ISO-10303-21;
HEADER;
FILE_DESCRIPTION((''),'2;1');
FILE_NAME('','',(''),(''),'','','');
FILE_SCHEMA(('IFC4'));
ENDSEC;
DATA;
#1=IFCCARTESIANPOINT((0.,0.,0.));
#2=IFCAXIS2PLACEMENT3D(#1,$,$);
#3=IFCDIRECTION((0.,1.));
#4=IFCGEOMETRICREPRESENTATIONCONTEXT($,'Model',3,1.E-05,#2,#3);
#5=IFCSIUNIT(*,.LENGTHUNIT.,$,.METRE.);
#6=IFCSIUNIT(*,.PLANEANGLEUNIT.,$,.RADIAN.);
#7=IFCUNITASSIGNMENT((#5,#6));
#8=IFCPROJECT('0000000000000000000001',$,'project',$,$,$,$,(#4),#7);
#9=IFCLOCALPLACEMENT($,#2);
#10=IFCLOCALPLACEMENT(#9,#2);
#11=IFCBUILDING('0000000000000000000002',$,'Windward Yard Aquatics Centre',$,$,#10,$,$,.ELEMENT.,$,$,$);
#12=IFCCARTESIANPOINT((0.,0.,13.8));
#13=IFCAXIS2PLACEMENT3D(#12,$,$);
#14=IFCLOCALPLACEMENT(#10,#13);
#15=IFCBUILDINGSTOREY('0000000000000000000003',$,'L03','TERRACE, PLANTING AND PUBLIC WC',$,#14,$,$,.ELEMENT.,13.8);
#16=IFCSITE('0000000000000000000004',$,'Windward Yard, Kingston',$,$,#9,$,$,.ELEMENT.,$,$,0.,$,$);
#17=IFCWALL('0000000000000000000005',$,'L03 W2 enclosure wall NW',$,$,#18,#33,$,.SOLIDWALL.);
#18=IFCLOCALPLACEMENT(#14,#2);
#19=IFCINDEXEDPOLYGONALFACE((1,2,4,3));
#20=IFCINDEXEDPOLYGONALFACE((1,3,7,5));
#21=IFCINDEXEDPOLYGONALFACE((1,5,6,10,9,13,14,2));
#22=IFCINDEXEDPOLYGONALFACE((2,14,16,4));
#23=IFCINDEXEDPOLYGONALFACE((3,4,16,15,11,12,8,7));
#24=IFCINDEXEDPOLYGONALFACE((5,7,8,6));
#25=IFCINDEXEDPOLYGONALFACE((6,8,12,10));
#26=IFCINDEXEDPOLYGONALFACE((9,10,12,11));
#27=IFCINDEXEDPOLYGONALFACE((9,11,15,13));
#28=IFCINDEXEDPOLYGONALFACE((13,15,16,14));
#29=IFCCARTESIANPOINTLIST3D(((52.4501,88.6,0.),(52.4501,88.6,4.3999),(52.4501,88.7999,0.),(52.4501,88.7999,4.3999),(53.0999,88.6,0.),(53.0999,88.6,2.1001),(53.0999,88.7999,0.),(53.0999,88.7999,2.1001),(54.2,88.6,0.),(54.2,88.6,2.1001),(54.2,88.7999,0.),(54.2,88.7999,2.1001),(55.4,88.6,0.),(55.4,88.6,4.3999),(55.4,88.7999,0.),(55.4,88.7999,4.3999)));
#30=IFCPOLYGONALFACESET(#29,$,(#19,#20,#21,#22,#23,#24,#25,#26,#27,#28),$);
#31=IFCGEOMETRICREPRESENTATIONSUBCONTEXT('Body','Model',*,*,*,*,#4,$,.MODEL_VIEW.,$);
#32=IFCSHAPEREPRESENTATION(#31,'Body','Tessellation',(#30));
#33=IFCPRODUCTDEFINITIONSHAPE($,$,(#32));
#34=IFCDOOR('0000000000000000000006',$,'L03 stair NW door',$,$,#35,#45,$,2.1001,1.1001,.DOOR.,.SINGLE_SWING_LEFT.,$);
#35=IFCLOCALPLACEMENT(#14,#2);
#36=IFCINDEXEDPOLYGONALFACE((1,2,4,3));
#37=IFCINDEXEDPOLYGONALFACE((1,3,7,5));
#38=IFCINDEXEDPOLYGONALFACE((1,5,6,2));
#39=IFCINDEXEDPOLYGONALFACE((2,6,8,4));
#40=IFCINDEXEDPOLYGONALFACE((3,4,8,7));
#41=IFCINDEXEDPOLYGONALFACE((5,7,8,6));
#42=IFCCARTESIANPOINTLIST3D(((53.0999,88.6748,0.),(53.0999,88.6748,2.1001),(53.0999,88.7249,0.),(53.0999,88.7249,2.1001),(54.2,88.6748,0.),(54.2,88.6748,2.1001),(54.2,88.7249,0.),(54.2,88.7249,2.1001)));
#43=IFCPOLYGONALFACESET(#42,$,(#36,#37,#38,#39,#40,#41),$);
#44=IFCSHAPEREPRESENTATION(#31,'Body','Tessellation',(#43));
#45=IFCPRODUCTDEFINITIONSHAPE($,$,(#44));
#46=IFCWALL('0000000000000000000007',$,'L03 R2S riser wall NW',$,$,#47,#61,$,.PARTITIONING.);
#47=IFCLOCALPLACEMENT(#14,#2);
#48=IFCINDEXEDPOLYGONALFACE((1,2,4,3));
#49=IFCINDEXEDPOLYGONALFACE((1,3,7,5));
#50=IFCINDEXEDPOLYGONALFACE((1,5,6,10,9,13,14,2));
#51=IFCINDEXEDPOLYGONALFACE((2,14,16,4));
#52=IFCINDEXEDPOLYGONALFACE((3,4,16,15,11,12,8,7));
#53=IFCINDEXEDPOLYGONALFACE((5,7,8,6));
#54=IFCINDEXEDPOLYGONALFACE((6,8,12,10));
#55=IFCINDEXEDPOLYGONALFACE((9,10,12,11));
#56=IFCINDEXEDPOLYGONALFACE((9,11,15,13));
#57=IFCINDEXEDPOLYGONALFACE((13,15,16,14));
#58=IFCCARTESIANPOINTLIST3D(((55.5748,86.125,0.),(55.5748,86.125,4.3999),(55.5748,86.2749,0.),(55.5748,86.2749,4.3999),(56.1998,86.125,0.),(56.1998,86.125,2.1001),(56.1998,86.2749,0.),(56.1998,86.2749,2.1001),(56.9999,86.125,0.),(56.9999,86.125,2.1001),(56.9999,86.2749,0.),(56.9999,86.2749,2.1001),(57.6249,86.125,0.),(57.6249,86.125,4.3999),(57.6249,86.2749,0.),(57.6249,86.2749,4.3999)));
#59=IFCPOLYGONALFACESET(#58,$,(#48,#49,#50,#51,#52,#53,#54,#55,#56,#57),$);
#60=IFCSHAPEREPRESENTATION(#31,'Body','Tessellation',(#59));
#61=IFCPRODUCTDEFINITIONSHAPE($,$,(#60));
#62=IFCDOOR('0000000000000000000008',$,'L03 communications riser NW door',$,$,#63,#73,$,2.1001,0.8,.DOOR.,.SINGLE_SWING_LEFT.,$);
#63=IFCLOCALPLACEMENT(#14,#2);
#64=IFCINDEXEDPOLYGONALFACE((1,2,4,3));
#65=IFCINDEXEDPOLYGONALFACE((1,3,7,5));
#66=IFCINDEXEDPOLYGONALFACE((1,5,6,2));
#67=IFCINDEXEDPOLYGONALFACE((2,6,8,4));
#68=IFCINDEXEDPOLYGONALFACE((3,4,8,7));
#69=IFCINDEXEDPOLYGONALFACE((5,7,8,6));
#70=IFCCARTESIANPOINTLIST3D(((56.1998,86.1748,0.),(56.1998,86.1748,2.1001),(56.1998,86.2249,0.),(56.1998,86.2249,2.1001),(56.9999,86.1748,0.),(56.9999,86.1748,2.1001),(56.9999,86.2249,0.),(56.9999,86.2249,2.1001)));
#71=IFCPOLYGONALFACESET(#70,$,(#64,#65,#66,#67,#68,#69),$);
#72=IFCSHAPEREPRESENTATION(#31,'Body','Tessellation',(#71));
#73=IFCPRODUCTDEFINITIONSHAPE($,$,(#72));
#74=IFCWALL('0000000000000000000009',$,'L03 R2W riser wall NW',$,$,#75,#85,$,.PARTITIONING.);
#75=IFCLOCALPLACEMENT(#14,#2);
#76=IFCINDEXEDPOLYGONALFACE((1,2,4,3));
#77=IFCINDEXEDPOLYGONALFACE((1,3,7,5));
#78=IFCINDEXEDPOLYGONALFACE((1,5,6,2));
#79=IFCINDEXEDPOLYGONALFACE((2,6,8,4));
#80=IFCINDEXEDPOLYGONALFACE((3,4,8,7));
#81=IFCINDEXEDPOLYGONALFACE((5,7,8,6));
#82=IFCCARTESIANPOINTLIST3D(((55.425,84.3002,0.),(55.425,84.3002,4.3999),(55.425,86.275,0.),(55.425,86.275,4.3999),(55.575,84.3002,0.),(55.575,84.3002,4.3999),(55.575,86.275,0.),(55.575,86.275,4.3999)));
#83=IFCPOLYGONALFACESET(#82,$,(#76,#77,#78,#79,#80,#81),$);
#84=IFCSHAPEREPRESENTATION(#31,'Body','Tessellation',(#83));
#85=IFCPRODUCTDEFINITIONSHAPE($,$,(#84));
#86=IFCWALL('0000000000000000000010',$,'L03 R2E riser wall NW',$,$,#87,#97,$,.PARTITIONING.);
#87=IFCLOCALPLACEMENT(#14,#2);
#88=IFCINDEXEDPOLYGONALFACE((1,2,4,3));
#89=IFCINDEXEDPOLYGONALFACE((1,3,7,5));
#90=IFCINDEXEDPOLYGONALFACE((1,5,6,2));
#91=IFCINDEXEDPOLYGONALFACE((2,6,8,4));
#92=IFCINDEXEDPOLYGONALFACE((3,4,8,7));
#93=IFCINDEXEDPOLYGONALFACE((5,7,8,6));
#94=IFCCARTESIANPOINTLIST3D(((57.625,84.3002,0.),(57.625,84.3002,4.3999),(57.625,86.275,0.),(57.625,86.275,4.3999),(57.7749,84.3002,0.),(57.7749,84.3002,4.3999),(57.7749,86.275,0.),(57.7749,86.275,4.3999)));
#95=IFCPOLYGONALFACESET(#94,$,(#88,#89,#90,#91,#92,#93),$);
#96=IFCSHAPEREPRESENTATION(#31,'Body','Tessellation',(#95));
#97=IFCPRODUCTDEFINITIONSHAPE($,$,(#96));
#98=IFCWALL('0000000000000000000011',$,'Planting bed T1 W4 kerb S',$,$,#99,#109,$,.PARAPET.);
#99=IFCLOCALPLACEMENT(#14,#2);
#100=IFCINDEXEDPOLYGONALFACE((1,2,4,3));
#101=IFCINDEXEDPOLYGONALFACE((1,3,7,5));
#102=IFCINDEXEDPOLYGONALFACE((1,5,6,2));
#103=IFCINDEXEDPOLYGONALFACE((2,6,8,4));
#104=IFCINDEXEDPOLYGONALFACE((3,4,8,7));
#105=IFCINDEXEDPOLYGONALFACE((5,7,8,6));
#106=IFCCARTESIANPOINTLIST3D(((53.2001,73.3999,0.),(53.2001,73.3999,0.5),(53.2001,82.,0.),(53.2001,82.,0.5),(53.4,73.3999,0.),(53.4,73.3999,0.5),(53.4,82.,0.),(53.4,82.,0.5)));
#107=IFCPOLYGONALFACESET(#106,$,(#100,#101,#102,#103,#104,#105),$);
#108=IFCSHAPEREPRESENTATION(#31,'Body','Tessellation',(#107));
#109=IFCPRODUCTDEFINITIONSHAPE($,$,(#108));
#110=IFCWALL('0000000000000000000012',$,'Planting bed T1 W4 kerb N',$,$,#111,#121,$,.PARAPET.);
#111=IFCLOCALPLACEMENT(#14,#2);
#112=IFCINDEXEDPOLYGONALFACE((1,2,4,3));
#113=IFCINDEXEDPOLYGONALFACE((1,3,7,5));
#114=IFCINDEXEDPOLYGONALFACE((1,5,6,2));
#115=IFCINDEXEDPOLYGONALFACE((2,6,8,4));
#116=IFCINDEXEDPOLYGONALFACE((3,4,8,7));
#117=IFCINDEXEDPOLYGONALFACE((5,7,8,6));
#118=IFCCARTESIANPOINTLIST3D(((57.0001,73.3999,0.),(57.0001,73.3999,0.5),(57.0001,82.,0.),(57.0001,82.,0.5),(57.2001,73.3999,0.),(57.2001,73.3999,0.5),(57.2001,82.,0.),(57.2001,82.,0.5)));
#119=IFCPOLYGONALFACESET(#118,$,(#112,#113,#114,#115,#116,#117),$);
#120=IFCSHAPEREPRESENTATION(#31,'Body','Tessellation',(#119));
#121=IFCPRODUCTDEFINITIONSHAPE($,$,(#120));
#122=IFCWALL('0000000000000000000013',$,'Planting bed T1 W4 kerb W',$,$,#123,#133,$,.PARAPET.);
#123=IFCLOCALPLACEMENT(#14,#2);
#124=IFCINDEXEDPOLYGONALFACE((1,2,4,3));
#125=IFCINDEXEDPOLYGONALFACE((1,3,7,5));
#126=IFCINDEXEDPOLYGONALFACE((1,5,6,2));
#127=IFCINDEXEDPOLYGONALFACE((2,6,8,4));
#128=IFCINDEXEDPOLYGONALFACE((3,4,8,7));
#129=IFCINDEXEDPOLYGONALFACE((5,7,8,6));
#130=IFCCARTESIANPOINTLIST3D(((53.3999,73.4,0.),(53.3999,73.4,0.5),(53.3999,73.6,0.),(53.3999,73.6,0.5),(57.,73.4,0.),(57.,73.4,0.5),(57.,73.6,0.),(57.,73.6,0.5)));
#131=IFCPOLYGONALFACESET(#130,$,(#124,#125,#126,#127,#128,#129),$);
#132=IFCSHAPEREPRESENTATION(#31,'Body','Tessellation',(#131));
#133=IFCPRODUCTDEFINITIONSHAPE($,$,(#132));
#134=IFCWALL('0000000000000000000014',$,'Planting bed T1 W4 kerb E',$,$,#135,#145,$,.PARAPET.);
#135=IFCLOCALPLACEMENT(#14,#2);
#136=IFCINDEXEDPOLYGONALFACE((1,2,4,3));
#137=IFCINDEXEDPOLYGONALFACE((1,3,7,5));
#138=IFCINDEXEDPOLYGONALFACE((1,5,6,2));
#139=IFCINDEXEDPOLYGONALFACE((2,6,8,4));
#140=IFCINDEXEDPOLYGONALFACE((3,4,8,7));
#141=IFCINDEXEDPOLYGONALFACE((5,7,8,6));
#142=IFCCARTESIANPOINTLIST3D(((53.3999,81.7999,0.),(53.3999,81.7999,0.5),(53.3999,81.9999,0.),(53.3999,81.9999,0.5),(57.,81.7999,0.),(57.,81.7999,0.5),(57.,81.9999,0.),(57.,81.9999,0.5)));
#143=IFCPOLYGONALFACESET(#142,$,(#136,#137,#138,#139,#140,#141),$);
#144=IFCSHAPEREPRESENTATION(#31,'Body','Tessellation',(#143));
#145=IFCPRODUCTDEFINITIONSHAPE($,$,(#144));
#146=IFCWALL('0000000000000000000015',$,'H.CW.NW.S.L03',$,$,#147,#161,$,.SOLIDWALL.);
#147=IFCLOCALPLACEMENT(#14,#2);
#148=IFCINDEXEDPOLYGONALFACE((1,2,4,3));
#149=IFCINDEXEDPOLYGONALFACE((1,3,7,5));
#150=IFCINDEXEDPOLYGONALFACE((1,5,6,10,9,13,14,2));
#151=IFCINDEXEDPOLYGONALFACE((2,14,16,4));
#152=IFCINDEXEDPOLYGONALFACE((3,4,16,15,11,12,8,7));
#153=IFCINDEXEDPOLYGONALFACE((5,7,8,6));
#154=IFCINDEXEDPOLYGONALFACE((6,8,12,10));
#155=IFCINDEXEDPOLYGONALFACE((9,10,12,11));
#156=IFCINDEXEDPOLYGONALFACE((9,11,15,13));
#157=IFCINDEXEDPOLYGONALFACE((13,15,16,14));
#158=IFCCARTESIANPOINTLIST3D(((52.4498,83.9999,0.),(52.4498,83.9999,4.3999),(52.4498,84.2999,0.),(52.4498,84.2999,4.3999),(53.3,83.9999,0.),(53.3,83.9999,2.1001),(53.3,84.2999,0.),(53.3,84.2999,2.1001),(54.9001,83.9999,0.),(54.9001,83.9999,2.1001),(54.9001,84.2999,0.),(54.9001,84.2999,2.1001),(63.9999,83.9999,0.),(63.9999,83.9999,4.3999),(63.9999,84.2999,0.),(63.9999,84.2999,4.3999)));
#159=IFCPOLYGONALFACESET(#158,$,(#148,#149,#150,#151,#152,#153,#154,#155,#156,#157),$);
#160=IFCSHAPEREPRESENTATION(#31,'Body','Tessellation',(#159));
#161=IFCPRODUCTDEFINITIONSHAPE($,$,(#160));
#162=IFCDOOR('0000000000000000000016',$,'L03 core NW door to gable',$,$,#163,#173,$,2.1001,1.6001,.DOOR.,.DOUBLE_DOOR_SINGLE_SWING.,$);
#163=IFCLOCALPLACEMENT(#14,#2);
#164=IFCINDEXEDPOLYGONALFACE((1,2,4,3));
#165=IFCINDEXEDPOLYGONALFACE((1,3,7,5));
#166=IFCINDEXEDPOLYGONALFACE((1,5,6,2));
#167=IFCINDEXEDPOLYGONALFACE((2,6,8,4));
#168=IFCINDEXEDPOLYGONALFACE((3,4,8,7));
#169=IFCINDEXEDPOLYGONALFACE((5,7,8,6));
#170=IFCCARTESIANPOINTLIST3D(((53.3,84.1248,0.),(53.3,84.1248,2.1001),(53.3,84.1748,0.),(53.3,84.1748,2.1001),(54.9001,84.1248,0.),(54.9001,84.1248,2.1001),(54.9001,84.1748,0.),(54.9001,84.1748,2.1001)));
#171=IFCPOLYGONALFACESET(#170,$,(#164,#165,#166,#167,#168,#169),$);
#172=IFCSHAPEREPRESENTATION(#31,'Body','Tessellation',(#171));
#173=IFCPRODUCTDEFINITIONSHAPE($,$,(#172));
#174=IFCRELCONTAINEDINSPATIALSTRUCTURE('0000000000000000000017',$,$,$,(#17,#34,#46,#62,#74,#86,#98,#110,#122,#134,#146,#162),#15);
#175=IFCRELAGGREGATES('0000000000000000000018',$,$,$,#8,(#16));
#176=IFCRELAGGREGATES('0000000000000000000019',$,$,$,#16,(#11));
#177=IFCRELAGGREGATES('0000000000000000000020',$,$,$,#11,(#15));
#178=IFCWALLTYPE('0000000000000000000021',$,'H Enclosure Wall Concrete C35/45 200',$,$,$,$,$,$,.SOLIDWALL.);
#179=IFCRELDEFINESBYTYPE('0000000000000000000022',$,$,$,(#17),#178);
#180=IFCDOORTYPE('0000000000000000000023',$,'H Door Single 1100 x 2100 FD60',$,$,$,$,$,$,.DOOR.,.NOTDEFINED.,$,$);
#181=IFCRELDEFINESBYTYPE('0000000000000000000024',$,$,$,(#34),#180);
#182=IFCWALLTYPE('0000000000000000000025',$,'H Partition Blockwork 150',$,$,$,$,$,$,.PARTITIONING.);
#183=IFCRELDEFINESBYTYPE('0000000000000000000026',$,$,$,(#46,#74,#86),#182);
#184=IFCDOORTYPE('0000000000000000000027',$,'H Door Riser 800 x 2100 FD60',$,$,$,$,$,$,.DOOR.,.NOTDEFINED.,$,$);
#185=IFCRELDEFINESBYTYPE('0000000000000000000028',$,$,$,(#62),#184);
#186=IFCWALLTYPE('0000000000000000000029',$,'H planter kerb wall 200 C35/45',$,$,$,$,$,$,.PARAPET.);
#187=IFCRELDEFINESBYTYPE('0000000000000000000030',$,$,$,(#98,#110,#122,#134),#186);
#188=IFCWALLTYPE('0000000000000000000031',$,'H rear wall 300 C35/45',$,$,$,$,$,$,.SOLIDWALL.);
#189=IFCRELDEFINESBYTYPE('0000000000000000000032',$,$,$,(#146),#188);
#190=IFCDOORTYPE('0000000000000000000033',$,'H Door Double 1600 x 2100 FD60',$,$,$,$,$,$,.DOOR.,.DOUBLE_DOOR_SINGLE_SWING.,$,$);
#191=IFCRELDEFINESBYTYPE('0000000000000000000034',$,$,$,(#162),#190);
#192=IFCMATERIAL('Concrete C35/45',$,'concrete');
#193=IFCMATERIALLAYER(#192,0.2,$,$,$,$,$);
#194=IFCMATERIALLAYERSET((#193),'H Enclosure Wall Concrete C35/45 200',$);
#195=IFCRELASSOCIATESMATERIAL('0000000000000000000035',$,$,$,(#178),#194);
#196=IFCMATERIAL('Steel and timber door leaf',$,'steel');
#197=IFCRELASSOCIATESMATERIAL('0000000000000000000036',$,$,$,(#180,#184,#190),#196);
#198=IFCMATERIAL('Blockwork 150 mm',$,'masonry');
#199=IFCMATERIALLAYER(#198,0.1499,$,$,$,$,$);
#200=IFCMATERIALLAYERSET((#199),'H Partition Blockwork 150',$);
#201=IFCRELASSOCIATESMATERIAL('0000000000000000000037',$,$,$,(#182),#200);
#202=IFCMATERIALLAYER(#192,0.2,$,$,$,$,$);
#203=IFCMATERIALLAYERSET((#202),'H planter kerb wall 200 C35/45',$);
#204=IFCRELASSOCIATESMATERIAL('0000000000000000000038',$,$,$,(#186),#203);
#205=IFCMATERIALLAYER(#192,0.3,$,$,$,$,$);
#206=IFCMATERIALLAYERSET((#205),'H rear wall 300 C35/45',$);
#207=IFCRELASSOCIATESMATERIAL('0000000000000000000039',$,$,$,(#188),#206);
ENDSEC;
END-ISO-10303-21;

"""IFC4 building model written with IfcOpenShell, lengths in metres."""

from ifc_helpers import new_model, si_unit, direction, frame, frame_2d, origin, place, context, subcontext, project, spatial, rectangle, extrude, material, layer, layer_set, type_object, element, fill, save


model = new_model("IFC4")

# Units and contexts
model_context = context("Model", 3, precision=1e-05, world=origin(), true_north=direction((0.0, 1.0)))
body_context = subcontext(model_context, "Body", "Model", "MODEL_VIEW")
ifc_project = project(units=[si_unit("LENGTHUNIT", "METRE"), si_unit("PLANEANGLEUNIT", "RADIAN")], contexts=[model_context])

# Site, building, storey
site_placement = place(None, origin())
site = spatial("IfcSite", under=ifc_project, at=site_placement, Name="Windward Yard, Kingston", CompositionType="ELEMENT", RefElevation=0.0)
building_placement = place(site_placement, origin())
building = spatial("IfcBuilding", under=site, at=building_placement, Name="Windward Yard Aquatics Centre", CompositionType="ELEMENT")
storey_placement = place(building_placement, frame((0.0, 0.0, 13.8)))
storey = spatial("IfcBuildingStorey", under=building, at=storey_placement, Name="L03", Description="TERRACE, PLANTING AND PUBLIC WC", CompositionType="ELEMENT", Elevation=13.8)

# Walls, openings, doors
ifc_material_1 = material(Name="Concrete C35/45", Category="concrete")
ifc_layer_1 = layer(ifc_material_1, 0.2)
ifc_layer_set_1 = layer_set([ifc_layer_1], Name="H Enclosure Wall Concrete C35/45 200")
wall_type_1 = type_object("IfcWallType", Name="H Enclosure Wall Concrete C35/45 200", PredefinedType="SOLIDWALL", material=ifc_layer_set_1)
wall_1_placement = place(storey_placement, frame((52.45, 88.7, 0.0), z_axis=(0.0, 0.0, 1.0), x_axis=(1.0, 0.0, 0.0)))
wall_1 = element("IfcWall", 1, at=wall_1_placement, inside=storey, type_object=wall_type_1, Name="L03 W2 enclosure wall NW", PredefinedType="SOLIDWALL", context=body_context, shape_type="SweptSolid", body=[
    extrude(rectangle(XDim=2.95, YDim=0.2, at=frame_2d((1.4751, 0.0))), origin(), (0.0, 0.0, 1.0), 4.3999),
])
opening_1_placement = place(wall_1_placement, frame((0.6499, 0.0, 0.0)))
opening_1 = element("IfcOpeningElement", 2, at=opening_1_placement, cuts=wall_1, PredefinedType="OPENING", context=body_context, shape_type="SweptSolid", body=[
    extrude(rectangle(XDim=1.1001, YDim=2.1001, at=frame_2d((0.55, 1.05))), frame((0.0, 0.1099, 0.0), z_axis=(0.0, -1.0, 0.0), x_axis=(1.0, 0.0, 0.0)), (0.0, 0.0, 1.0), 0.22),
])
ifc_material_2 = material(Name="Steel and timber door leaf", Category="steel")
door_type_1 = type_object("IfcDoorType", Name="H Door Single 1100 x 2100 FD60", OperationType="NOTDEFINED", PredefinedType="DOOR", material=ifc_material_2)
door_1_placement = place(opening_1_placement, origin())
door_1 = element("IfcDoor", 3, at=door_1_placement, inside=storey, type_object=door_type_1, Name="L03 stair NW door", OperationType="SINGLE_SWING_LEFT", OverallHeight=2.1001, OverallWidth=1.1001, PredefinedType="DOOR", context=body_context, shape_type="SweptSolid", body=[
    extrude(rectangle(XDim=1.1001, YDim=2.1001, at=frame_2d((0.55, 1.05))), frame((0.0, 0.0249, 0.0), z_axis=(0.0, -1.0, 0.0), x_axis=(1.0, 0.0, 0.0)), (0.0, 0.0, 1.0), 0.05),
])
fill(opening_1, door_1)
ifc_material_3 = material(Name="Blockwork 150 mm", Category="masonry")
ifc_layer_2 = layer(ifc_material_3, 0.1499)
ifc_layer_set_2 = layer_set([ifc_layer_2], Name="H Partition Blockwork 150")
wall_type_2 = type_object("IfcWallType", Name="H Partition Blockwork 150", PredefinedType="PARTITIONING", material=ifc_layer_set_2)
wall_2_placement = place(storey_placement, frame((55.575, 86.2, 0.0), z_axis=(0.0, 0.0, 1.0), x_axis=(1.0, 0.0, 0.0)))
wall_2 = element("IfcWall", 4, at=wall_2_placement, inside=storey, type_object=wall_type_2, Name="L03 R2S riser wall NW", PredefinedType="PARTITIONING", context=body_context, shape_type="SweptSolid", body=[
    extrude(rectangle(XDim=2.05, YDim=0.1499, at=frame_2d((1.0249, 0.0))), origin(), (0.0, 0.0, 1.0), 4.3999),
])
opening_2_placement = place(wall_2_placement, frame((0.625, 0.0, 0.0)))
opening_2 = element("IfcOpeningElement", 5, at=opening_2_placement, cuts=wall_2, PredefinedType="OPENING", context=body_context, shape_type="SweptSolid", body=[
    extrude(rectangle(XDim=0.8, YDim=2.1001, at=frame_2d((0.3999, 1.05))), frame((0.0, 0.085, 0.0), z_axis=(0.0, -1.0, 0.0), x_axis=(1.0, 0.0, 0.0)), (0.0, 0.0, 1.0), 0.1699),
])
door_type_2 = type_object("IfcDoorType", Name="H Door Riser 800 x 2100 FD60", OperationType="NOTDEFINED", PredefinedType="DOOR", material=ifc_material_2)
door_2_placement = place(opening_2_placement, origin())
door_2 = element("IfcDoor", 6, at=door_2_placement, inside=storey, type_object=door_type_2, Name="L03 communications riser NW door", OperationType="SINGLE_SWING_LEFT", OverallHeight=2.1001, OverallWidth=0.8, PredefinedType="DOOR", context=body_context, shape_type="SweptSolid", body=[
    extrude(rectangle(XDim=0.8, YDim=2.1001, at=frame_2d((0.3999, 1.05))), frame((0.0, 0.0249, 0.0), z_axis=(0.0, -1.0, 0.0), x_axis=(1.0, 0.0, 0.0)), (0.0, 0.0, 1.0), 0.05),
])
fill(opening_2, door_2)

# Walls
for number, where, z_axis, x_axis, name in (
    (7, (55.5, 86.2749, 0.0), (0.0, 0.0, 1.0), (0.0, -1.0, 0.0), "L03 R2W riser wall NW"),
    (8, (57.7, 86.2749, 0.0), (0.0, 0.0, 1.0), (0.0, -1.0, 0.0), "L03 R2E riser wall NW"),
):
    element("IfcWall", number, at=place(storey_placement, frame(where, z_axis=z_axis, x_axis=x_axis)), inside=storey, type_object=wall_type_2, Name=name, PredefinedType="PARTITIONING", context=body_context, shape_type="SweptSolid", body=[
        extrude(rectangle(XDim=1.9749, YDim=0.1499, at=frame_2d((0.9873, 0.0))), origin(), (0.0, 0.0, 1.0), 4.3999),
    ])
ifc_layer_3 = layer(ifc_material_1, 0.2)
ifc_layer_set_3 = layer_set([ifc_layer_3], Name="H planter kerb wall 200 C35/45")
wall_type_3 = type_object("IfcWallType", Name="H planter kerb wall 200 C35/45", PredefinedType="PARAPET", material=ifc_layer_set_3)
for number, where, z_axis, x_axis, name in (
    (9, (53.3, 73.3999, 0.0), (0.0, 0.0, 1.0), (0.0, 1.0, 0.0), "Planting bed T1 W4 kerb S"),
    (10, (57.1001, 73.3999, 0.0), (0.0, 0.0, 1.0), (0.0, 1.0, 0.0), "Planting bed T1 W4 kerb N"),
):
    element("IfcWall", number, at=place(storey_placement, frame(where, z_axis=z_axis, x_axis=x_axis)), inside=storey, type_object=wall_type_3, Name=name, PredefinedType="PARAPET", context=body_context, shape_type="SweptSolid", body=[
        extrude(rectangle(XDim=8.6001, YDim=0.2, at=frame_2d((4.3, 0.0))), origin(), (0.0, 0.0, 1.0), 0.5),
    ])
for number, where, z_axis, x_axis, name in (
    (11, (53.3999, 73.5, 0.0), (0.0, 0.0, 1.0), (1.0, 0.0, 0.0), "Planting bed T1 W4 kerb W"),
    (12, (53.3999, 81.8999, 0.0), (0.0, 0.0, 1.0), (1.0, 0.0, 0.0), "Planting bed T1 W4 kerb E"),
):
    element("IfcWall", number, at=place(storey_placement, frame(where, z_axis=z_axis, x_axis=x_axis)), inside=storey, type_object=wall_type_3, Name=name, PredefinedType="PARAPET", context=body_context, shape_type="SweptSolid", body=[
        extrude(rectangle(XDim=3.6001, YDim=0.2, at=frame_2d((1.8, 0.0))), origin(), (0.0, 0.0, 1.0), 0.5),
    ])

# Wall, opening, door
ifc_layer_4 = layer(ifc_material_1, 0.3)
ifc_layer_set_4 = layer_set([ifc_layer_4], Name="H rear wall 300 C35/45")
wall_type_4 = type_object("IfcWallType", Name="H rear wall 300 C35/45", PredefinedType="SOLIDWALL", material=ifc_layer_set_4)
wall_3_placement = place(storey_placement, frame((52.45, 84.1499, 0.0), z_axis=(0.0, 0.0, 1.0), x_axis=(1.0, 0.0, 0.0)))
wall_3 = element("IfcWall", 13, at=wall_3_placement, inside=storey, type_object=wall_type_4, Name="H.CW.NW.S.L03", PredefinedType="SOLIDWALL", context=body_context, shape_type="SweptSolid", body=[
    extrude(rectangle(XDim=11.55, YDim=0.3, at=frame_2d((5.7749, 0.0))), origin(), (0.0, 0.0, 1.0), 4.3999),
])
opening_3_placement = place(wall_3_placement, frame((0.8501, 0.0, 0.0)))
opening_3 = element("IfcOpeningElement", 14, at=opening_3_placement, cuts=wall_3, PredefinedType="OPENING", context=body_context, shape_type="SweptSolid", body=[
    extrude(rectangle(XDim=1.6001, YDim=2.1001, at=frame_2d((0.8, 1.05))), frame((0.0, 0.1602, 0.0), z_axis=(0.0, -1.0, 0.0), x_axis=(1.0, 0.0, 0.0)), (0.0, 0.0, 1.0), 0.3201),
])
door_type_3 = type_object("IfcDoorType", Name="H Door Double 1600 x 2100 FD60", OperationType="DOUBLE_DOOR_SINGLE_SWING", PredefinedType="DOOR", material=ifc_material_2)
door_3_placement = place(opening_3_placement, origin())
door_3 = element("IfcDoor", 15, at=door_3_placement, inside=storey, type_object=door_type_3, Name="L03 core NW door to gable", OperationType="DOUBLE_DOOR_SINGLE_SWING", OverallHeight=2.1001, OverallWidth=1.6001, PredefinedType="DOOR", context=body_context, shape_type="SweptSolid", body=[
    extrude(rectangle(XDim=1.6001, YDim=2.1001, at=frame_2d((0.8, 1.05))), frame((0.0, 0.0249, 0.0), z_axis=(0.0, -1.0, 0.0), x_axis=(1.0, 0.0, 0.0)), (0.0, 0.0, 1.0), 0.05),
])
fill(opening_3, door_3)

save(model, "model.ifc")
